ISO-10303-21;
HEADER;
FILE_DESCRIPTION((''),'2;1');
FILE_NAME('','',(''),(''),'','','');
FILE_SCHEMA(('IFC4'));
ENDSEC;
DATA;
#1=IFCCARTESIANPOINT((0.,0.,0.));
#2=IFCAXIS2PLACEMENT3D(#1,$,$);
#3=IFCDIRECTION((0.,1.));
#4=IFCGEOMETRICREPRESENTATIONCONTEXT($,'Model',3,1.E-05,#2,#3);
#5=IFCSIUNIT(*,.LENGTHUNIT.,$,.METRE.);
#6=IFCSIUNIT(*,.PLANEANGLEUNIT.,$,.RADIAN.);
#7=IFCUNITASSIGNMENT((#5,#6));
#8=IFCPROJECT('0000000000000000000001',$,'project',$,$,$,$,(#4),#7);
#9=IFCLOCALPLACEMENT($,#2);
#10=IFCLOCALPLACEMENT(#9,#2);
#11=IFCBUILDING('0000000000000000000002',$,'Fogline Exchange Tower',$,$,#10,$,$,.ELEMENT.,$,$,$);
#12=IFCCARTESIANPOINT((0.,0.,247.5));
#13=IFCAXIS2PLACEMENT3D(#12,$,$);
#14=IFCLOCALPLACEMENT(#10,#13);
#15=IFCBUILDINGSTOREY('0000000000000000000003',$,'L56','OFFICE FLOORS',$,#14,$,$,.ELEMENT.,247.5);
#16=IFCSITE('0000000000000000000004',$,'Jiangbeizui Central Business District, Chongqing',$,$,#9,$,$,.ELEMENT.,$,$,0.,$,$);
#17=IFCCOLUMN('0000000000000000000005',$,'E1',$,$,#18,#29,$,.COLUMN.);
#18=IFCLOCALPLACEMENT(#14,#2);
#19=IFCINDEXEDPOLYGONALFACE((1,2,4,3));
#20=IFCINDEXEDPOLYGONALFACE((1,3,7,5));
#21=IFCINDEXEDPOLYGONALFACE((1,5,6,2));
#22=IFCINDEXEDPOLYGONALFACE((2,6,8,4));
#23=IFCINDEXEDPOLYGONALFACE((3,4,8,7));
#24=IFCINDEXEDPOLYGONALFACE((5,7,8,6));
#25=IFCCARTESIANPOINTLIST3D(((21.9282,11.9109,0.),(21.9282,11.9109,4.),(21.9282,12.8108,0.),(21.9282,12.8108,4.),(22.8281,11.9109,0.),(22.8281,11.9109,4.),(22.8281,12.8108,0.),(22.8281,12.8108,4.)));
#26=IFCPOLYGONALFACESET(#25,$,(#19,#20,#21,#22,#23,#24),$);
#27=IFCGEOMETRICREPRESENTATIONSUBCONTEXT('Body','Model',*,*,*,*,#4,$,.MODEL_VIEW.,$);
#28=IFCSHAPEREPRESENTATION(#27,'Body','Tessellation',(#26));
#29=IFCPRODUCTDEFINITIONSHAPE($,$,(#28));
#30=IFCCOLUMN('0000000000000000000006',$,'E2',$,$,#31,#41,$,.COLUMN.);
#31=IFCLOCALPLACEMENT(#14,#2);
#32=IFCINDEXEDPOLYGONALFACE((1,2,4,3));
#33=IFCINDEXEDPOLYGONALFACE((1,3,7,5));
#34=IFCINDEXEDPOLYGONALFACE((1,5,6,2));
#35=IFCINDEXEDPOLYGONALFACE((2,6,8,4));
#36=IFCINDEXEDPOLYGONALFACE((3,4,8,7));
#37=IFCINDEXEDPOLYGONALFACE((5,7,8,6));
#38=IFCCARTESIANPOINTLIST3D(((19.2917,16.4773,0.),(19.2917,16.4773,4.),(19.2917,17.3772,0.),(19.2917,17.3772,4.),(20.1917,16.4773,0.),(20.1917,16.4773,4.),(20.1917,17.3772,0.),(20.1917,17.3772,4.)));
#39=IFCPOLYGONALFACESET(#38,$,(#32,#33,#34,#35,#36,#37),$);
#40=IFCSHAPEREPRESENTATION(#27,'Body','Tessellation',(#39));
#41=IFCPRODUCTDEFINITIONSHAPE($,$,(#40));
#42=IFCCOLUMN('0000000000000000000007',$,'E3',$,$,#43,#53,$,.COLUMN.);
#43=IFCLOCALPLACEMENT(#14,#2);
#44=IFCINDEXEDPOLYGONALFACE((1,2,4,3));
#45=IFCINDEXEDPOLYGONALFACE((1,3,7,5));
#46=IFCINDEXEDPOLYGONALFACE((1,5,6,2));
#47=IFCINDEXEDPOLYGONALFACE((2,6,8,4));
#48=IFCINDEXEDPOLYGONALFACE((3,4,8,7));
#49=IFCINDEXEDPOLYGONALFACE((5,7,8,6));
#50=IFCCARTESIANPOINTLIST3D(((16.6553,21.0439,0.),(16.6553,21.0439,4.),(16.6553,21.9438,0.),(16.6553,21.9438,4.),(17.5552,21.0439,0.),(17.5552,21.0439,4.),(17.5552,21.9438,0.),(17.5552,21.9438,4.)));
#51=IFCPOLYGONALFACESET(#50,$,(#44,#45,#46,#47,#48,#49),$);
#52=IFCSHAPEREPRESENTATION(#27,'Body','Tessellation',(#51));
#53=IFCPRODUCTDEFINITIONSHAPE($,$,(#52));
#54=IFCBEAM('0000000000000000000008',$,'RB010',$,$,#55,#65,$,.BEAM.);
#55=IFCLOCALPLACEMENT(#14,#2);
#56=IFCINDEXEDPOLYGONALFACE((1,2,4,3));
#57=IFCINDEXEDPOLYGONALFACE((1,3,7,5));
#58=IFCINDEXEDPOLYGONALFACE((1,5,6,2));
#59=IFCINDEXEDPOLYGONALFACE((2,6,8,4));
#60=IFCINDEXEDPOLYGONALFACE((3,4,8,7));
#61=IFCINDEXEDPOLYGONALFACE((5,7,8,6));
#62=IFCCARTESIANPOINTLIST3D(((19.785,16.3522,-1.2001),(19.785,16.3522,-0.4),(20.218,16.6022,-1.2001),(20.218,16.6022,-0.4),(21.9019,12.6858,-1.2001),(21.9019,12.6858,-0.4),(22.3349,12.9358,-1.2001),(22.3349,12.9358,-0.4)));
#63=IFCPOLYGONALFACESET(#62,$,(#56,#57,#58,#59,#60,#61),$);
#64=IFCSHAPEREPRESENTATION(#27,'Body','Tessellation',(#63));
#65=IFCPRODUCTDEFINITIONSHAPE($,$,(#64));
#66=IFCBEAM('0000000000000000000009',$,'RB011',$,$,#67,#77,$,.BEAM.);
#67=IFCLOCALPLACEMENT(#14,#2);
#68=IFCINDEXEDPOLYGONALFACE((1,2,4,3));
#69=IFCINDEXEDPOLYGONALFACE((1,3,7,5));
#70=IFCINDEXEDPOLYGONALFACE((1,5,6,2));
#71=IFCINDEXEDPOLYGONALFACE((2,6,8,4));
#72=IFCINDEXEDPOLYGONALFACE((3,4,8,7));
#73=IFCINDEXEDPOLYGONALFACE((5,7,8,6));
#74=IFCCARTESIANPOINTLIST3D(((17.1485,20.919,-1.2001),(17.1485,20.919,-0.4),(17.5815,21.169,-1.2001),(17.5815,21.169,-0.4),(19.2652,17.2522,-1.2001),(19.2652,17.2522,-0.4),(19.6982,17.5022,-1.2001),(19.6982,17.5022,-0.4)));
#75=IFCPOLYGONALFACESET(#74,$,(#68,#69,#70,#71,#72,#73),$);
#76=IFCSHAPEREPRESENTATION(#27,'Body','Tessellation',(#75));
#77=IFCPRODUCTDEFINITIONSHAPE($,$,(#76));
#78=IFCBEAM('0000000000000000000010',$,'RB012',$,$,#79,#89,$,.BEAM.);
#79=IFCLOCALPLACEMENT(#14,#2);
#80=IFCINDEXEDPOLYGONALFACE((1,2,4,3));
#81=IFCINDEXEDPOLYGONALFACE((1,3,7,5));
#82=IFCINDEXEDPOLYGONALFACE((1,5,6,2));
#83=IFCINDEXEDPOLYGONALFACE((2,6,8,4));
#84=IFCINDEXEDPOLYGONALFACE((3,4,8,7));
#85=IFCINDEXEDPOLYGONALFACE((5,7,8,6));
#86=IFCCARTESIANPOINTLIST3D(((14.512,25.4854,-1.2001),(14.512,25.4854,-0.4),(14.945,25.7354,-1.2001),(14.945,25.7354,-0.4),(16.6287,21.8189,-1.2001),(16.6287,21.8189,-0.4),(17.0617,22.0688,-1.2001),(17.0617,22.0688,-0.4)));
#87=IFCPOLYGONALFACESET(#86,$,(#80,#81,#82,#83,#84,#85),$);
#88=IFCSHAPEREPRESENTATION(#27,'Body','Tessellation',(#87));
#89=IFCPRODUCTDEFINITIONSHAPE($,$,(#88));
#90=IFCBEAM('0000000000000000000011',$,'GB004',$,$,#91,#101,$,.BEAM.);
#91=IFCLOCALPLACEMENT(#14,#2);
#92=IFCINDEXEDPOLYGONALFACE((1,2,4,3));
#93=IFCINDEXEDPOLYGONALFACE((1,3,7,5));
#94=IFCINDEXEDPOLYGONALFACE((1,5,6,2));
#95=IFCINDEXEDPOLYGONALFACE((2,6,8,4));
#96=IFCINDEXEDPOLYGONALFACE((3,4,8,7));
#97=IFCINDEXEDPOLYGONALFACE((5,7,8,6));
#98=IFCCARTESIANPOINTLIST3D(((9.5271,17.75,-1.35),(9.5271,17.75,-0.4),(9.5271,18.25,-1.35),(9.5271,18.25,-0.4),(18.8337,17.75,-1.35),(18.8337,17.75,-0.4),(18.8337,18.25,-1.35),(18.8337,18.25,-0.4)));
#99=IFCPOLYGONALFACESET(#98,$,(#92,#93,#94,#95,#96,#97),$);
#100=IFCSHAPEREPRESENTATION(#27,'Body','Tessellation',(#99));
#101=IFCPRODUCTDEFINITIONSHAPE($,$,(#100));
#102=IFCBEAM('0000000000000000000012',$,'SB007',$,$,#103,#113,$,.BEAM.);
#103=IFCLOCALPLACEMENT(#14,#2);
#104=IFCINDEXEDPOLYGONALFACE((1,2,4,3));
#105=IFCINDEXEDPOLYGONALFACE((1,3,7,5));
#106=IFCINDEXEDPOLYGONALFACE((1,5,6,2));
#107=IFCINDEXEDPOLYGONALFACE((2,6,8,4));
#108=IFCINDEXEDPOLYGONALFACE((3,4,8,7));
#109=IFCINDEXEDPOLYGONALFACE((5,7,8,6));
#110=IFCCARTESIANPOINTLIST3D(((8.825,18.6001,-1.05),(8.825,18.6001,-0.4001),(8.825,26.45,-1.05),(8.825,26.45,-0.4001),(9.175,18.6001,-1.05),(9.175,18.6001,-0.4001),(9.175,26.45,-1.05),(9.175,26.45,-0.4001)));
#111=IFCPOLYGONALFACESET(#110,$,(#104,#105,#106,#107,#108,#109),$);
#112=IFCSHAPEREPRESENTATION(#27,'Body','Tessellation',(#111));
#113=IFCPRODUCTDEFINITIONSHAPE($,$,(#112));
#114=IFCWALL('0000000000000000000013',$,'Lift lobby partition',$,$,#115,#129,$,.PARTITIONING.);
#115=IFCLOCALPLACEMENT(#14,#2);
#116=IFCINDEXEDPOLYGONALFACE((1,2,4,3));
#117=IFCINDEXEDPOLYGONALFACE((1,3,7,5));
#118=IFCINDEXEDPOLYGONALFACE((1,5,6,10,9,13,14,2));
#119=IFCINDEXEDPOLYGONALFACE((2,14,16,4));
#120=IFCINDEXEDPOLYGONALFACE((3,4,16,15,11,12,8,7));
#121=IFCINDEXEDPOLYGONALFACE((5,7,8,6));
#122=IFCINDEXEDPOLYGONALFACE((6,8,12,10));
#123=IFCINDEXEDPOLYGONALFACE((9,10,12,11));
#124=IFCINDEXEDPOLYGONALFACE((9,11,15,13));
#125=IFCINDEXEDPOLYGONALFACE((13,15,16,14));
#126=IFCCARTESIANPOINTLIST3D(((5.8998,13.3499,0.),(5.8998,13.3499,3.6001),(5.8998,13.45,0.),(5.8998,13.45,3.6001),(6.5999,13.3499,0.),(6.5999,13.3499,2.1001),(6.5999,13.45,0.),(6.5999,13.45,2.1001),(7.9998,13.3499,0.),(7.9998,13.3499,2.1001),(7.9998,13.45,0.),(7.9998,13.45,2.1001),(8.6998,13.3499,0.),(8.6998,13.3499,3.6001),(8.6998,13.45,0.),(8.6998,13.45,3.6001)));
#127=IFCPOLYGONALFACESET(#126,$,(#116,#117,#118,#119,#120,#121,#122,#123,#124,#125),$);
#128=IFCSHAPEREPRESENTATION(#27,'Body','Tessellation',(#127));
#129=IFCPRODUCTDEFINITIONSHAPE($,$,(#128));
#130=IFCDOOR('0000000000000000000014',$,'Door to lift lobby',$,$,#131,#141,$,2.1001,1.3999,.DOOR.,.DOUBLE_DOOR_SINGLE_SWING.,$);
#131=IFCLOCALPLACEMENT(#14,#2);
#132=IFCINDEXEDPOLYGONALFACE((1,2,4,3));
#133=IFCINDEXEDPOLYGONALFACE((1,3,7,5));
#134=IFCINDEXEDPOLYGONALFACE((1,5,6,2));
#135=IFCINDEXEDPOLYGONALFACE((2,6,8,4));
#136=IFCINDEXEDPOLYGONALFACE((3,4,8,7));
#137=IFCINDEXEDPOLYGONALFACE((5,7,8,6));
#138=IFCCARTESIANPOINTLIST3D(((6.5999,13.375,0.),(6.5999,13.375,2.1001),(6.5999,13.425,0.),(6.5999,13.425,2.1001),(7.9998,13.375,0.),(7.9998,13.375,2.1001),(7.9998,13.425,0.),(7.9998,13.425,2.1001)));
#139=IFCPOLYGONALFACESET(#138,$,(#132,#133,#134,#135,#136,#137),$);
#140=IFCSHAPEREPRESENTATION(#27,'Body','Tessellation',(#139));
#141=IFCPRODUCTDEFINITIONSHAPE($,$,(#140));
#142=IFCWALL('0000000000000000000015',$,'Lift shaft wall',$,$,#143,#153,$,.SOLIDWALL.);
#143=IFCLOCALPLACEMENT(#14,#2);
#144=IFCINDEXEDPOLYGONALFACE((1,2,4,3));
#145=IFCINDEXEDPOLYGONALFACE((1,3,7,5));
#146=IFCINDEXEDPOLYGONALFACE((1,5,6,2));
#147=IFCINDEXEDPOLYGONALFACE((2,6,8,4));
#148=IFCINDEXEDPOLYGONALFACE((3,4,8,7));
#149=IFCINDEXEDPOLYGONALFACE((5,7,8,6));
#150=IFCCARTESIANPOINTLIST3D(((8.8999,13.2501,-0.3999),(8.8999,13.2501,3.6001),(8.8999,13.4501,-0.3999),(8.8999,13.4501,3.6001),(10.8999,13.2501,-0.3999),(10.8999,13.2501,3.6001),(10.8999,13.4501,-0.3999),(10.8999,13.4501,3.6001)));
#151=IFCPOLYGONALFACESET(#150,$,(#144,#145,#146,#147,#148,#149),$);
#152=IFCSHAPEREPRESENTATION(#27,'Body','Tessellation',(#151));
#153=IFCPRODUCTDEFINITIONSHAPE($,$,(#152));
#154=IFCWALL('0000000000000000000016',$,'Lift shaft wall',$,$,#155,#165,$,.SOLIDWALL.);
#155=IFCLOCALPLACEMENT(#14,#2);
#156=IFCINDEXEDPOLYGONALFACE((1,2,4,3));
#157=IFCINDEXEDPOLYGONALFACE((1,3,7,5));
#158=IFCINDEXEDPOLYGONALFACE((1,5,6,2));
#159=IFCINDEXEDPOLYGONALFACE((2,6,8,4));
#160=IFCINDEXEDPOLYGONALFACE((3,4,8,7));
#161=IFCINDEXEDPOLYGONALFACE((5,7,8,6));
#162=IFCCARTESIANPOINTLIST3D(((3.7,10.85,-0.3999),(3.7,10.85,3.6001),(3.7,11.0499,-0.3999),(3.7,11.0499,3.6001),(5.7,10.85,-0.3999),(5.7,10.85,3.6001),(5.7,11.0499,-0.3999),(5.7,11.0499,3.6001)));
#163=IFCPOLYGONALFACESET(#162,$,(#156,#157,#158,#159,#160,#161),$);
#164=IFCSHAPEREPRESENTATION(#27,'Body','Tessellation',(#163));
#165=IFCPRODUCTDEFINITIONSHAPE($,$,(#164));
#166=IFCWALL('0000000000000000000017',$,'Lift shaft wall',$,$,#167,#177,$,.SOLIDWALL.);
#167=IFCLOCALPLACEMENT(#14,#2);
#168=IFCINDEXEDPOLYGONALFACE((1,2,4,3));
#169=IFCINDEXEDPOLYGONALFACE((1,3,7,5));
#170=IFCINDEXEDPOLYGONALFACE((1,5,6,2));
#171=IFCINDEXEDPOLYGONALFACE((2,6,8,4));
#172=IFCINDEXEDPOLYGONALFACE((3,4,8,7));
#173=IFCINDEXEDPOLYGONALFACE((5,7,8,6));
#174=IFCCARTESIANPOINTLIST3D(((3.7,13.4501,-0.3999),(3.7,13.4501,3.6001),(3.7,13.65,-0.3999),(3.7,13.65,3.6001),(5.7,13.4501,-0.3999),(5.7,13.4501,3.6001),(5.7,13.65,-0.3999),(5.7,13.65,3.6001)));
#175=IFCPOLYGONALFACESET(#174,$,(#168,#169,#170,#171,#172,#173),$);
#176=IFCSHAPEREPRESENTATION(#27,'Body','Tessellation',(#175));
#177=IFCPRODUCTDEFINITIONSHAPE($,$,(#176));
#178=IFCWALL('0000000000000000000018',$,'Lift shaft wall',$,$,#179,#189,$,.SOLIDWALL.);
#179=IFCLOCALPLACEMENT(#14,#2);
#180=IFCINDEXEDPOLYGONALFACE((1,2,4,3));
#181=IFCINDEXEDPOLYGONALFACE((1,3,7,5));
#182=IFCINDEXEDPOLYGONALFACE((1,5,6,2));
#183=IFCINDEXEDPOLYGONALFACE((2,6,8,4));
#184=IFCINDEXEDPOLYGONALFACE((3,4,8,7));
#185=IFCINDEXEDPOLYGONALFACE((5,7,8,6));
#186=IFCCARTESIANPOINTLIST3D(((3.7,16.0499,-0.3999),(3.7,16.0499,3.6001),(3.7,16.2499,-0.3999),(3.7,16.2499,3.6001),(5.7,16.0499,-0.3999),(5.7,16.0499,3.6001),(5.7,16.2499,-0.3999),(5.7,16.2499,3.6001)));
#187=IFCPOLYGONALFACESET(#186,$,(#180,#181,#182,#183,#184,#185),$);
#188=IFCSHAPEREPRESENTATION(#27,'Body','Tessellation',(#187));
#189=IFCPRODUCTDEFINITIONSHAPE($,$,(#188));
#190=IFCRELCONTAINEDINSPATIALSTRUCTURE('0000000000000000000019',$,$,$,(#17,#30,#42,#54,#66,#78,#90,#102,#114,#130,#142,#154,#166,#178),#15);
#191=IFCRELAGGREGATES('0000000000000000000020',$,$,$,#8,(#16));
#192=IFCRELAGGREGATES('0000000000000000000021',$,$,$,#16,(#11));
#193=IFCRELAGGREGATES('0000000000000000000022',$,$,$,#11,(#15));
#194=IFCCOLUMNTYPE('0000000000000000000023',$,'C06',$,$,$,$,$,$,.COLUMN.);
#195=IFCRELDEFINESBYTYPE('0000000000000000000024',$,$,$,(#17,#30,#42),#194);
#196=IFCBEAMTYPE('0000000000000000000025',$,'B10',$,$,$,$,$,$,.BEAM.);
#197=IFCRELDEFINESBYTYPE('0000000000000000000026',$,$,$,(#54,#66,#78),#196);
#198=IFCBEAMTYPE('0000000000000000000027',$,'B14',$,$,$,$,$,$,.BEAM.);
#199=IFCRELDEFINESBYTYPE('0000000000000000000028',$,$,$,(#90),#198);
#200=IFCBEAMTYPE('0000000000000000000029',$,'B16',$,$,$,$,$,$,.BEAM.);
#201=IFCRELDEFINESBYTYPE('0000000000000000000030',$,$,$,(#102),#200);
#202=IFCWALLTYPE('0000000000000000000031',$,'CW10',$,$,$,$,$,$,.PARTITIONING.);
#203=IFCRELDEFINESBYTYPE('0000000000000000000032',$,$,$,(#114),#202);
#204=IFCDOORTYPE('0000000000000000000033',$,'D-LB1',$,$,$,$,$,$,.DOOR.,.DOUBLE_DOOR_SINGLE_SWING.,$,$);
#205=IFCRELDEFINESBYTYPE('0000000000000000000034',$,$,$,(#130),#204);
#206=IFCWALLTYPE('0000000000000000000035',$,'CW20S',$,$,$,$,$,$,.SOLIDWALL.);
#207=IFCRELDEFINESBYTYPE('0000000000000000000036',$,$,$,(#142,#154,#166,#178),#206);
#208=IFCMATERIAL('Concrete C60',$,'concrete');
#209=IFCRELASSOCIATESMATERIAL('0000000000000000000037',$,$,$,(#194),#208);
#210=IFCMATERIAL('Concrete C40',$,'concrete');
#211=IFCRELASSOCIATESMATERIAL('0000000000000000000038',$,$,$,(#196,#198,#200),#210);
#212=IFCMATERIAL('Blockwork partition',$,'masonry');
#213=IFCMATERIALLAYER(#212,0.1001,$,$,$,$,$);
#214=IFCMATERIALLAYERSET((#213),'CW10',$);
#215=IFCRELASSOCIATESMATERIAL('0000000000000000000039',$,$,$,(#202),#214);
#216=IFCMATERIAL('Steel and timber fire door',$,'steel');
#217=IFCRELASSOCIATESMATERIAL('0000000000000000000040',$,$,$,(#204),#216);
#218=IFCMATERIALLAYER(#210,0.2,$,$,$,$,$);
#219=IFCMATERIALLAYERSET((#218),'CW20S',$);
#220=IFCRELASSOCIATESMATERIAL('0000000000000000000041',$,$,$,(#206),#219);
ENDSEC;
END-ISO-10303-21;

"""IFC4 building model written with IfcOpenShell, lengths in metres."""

from ifc_helpers import new_model, si_unit, direction, frame, frame_2d, origin, origin_2d, place, context, subcontext, project, spatial, rectangle, extrude, material, layer, layer_set, material_profile, profile_set, type_object, element, fill, save


model = new_model("IFC4")

# Units and contexts
model_context = context("Model", 3, precision=1e-05, world=origin(), true_north=direction((0.0, 1.0)))
body_context = subcontext(model_context, "Body", "Model", "MODEL_VIEW")
ifc_project = project(units=[si_unit("LENGTHUNIT", "METRE"), si_unit("PLANEANGLEUNIT", "RADIAN")], contexts=[model_context])

# Site, building, storey
site_placement = place(None, origin())
site = spatial("IfcSite", under=ifc_project, at=site_placement, Name="Jiangbeizui Central Business District, Chongqing", CompositionType="ELEMENT", RefElevation=0.0)
building_placement = place(site_placement, origin())
building = spatial("IfcBuilding", under=site, at=building_placement, Name="Fogline Exchange Tower", CompositionType="ELEMENT")
storey_placement = place(building_placement, frame((0.0, 0.0, 247.5)))
storey = spatial("IfcBuildingStorey", under=building, at=storey_placement, Name="L56", Description="OFFICE FLOORS", CompositionType="ELEMENT", Elevation=247.5)

# Columns
ifc_material_1 = material(Name="Concrete C60", Category="concrete")
ifc_material_profile_1 = material_profile(ifc_material_1, rectangle(XDim=0.8999, YDim=0.8999, at=origin_2d()), Name="RC 900x900")
ifc_profile_set_1 = profile_set([ifc_material_profile_1], Name="Concrete C60")
column_type = type_object("IfcColumnType", Name="C06", PredefinedType="COLUMN", material=ifc_profile_set_1)
for number, where, z_axis, x_axis, name in (
    (1, (22.3782, 12.3608, 0.0), (0.0, 0.0, 1.0), (1.0, 0.0, 0.0), "E1"),
    (2, (19.7417, 16.9272, 0.0), (0.0, 0.0, 1.0), (1.0, 0.0, 0.0), "E2"),
    (3, (17.1052, 21.4939, 0.0), (0.0, 0.0, 1.0), (1.0, 0.0, 0.0), "E3"),
):
    element("IfcColumn", number, at=place(storey_placement, frame(where, z_axis=z_axis, x_axis=x_axis)), inside=storey, type_object=column_type, Name=name, PredefinedType="COLUMN", context=body_context, shape_type="SweptSolid", body=[
        extrude(rectangle(XDim=0.8999, YDim=0.8999, at=origin_2d()), origin(), (0.0, 0.0, 1.0), 4.0),
    ])

# Beams
ifc_material_2 = material(Name="Concrete C40", Category="concrete")
ifc_material_profile_2 = material_profile(ifc_material_2, rectangle(XDim=0.5, YDim=0.8, at=origin_2d()), Name="RC 500x800")
ifc_profile_set_2 = profile_set([ifc_material_profile_2], Name="Concrete C40")
beam_type_1 = type_object("IfcBeamType", Name="B10", PredefinedType="BEAM", material=ifc_profile_set_2)
beam_1_placement = place(storey_placement, frame((22.1184, 12.8108, -0.8), z_axis=(-0.500015, 0.866017, 0.0), x_axis=(-0.866017, -0.500015, 0.0)))
element("IfcBeam", 4, at=beam_1_placement, inside=storey, type_object=beam_type_1, Name="RB010", PredefinedType="BEAM", context=body_context, shape_type="SweptSolid", body=[
    extrude(rectangle(XDim=0.5, YDim=0.8, at=origin_2d()), origin(), (0.0, 0.0, 1.0), 4.2336),
])
beam_2_placement = place(storey_placement, frame((19.4817, 17.3772, -0.8), z_axis=(-0.499947, 0.866056, 0.0), x_axis=(-0.866056, -0.499947, 0.0)))
element("IfcBeam", 5, at=beam_2_placement, inside=storey, type_object=beam_type_1, Name="RB011", PredefinedType="BEAM", context=body_context, shape_type="SweptSolid", body=[
    extrude(rectangle(XDim=0.5, YDim=0.8, at=origin_2d()), origin(), (0.0, 0.0, 1.0), 4.2339),
])
beam_3_placement = place(storey_placement, frame((16.8452, 21.9438, -0.8), z_axis=(-0.499972, 0.866042, 0.0), x_axis=(-0.866042, -0.499972, 0.0)))
element("IfcBeam", 6, at=beam_3_placement, inside=storey, type_object=beam_type_1, Name="RB012", PredefinedType="BEAM", context=body_context, shape_type="SweptSolid", body=[
    extrude(rectangle(XDim=0.5, YDim=0.8, at=origin_2d()), origin(), (0.0, 0.0, 1.0), 4.2336),
])
ifc_material_profile_3 = material_profile(ifc_material_2, rectangle(XDim=0.5, YDim=0.95, at=origin_2d()), Name="RC 500x950")
ifc_profile_set_3 = profile_set([ifc_material_profile_3], Name="Concrete C40")
beam_type_2 = type_object("IfcBeamType", Name="B14", PredefinedType="BEAM", material=ifc_profile_set_3)
beam_4_placement = place(storey_placement, frame((9.5271, 18.0, -0.875), z_axis=(1.0, 0.0, 0.0), x_axis=(0.0, 1.0, 0.0)))
element("IfcBeam", 7, at=beam_4_placement, inside=storey, type_object=beam_type_2, Name="GB004", PredefinedType="BEAM", context=body_context, shape_type="SweptSolid", body=[
    extrude(rectangle(XDim=0.5, YDim=0.95, at=origin_2d()), origin(), (0.0, 0.0, 1.0), 9.3066),
])
ifc_material_profile_4 = material_profile(ifc_material_2, rectangle(XDim=0.3501, YDim=0.6499, at=origin_2d()), Name="RC 350x650")
ifc_profile_set_4 = profile_set([ifc_material_profile_4], Name="Concrete C40")
beam_type_3 = type_object("IfcBeamType", Name="B16", PredefinedType="BEAM", material=ifc_profile_set_4)
beam_5_placement = place(storey_placement, frame((9.0, 18.6001, -0.7251), z_axis=(0.0, 1.0, 0.0), x_axis=(-1.0, 0.0, 0.0)))
element("IfcBeam", 8, at=beam_5_placement, inside=storey, type_object=beam_type_3, Name="SB007", PredefinedType="BEAM", context=body_context, shape_type="SweptSolid", body=[
    extrude(rectangle(XDim=0.3501, YDim=0.6499, at=origin_2d()), origin(), (0.0, 0.0, 1.0), 7.8499),
])

# Wall, opening, door
ifc_material_3 = material(Name="Blockwork partition", Category="masonry")
ifc_layer_1 = layer(ifc_material_3, 0.1001)
ifc_layer_set_1 = layer_set([ifc_layer_1], Name="CW10")
wall_type_1 = type_object("IfcWallType", Name="CW10", PredefinedType="PARTITIONING", material=ifc_layer_set_1)
wall_1_placement = place(storey_placement, frame((5.8999, 13.3999, 0.0), z_axis=(0.0, 0.0, 1.0), x_axis=(1.0, 0.0, 0.0)))
wall_1 = element("IfcWall", 9, at=wall_1_placement, inside=storey, type_object=wall_type_1, Name="Lift lobby partition", PredefinedType="PARTITIONING", context=body_context, shape_type="SweptSolid", body=[
    extrude(rectangle(XDim=2.8, YDim=0.1001, at=frame_2d((1.3999, 0.0))), origin(), (0.0, 0.0, 1.0), 3.6001),
])
opening_1_placement = place(wall_1_placement, frame((0.7, 0.0, 0.0)))
opening_1 = element("IfcOpeningElement", 10, at=opening_1_placement, cuts=wall_1, PredefinedType="OPENING", context=body_context, shape_type="SweptSolid", body=[
    extrude(rectangle(XDim=1.3999, YDim=2.1001, at=frame_2d((0.7, 1.05))), frame((0.0, 0.0601, 0.0), z_axis=(0.0, -1.0, 0.0), x_axis=(1.0, 0.0, 0.0)), (0.0, 0.0, 1.0), 0.1201),
])
ifc_material_4 = material(Name="Steel and timber fire door", Category="steel")
door_type_1 = type_object("IfcDoorType", Name="D-LB1", OperationType="DOUBLE_DOOR_SINGLE_SWING", PredefinedType="DOOR", material=ifc_material_4)
door_1_placement = place(opening_1_placement, frame((1.3999, 0.0, 0.0), z_axis=(0.0, 0.0, 1.0), x_axis=(-1.0, 0.0, 0.0)))
door_1 = element("IfcDoor", 11, at=door_1_placement, inside=storey, type_object=door_type_1, Name="Door to lift lobby", OperationType="DOUBLE_DOOR_SINGLE_SWING", OverallHeight=2.1001, OverallWidth=1.3999, PredefinedType="DOOR", context=body_context, shape_type="SweptSolid", body=[
    extrude(rectangle(XDim=1.3999, YDim=2.1001, at=frame_2d((0.7, 1.05))), frame((0.0, 0.0249, 0.0), z_axis=(0.0, -1.0, 0.0), x_axis=(1.0, 0.0, 0.0)), (0.0, 0.0, 1.0), 0.05),
])
fill(opening_1, door_1)

# Walls
ifc_layer_2 = layer(ifc_material_2, 0.2)
ifc_layer_set_2 = layer_set([ifc_layer_2], Name="CW20S")
wall_type_2 = type_object("IfcWallType", Name="CW20S", PredefinedType="SOLIDWALL", material=ifc_layer_set_2)
for number, where, z_axis, x_axis, name in (
    (12, (8.8999, 13.3501, -0.3999), (0.0, 0.0, 1.0), (1.0, 0.0, 0.0), "Lift shaft wall"),
    (13, (3.7, 10.95, -0.3999), (0.0, 0.0, 1.0), (1.0, 0.0, 0.0), "Lift shaft wall"),
    (14, (3.7, 13.55, -0.3999), (0.0, 0.0, 1.0), (1.0, 0.0, 0.0), "Lift shaft wall"),
    (15, (3.7, 16.1499, -0.3999), (0.0, 0.0, 1.0), (1.0, 0.0, 0.0), "Lift shaft wall"),
):
    element("IfcWall", number, at=place(storey_placement, frame(where, z_axis=z_axis, x_axis=x_axis)), inside=storey, type_object=wall_type_2, Name=name, PredefinedType="SOLIDWALL", context=body_context, shape_type="SweptSolid", body=[
        extrude(rectangle(XDim=2.0, YDim=0.2, at=frame_2d((1.0, 0.0))), origin(), (0.0, 0.0, 1.0), 4.0),
    ])

save(model, "model.ifc")
